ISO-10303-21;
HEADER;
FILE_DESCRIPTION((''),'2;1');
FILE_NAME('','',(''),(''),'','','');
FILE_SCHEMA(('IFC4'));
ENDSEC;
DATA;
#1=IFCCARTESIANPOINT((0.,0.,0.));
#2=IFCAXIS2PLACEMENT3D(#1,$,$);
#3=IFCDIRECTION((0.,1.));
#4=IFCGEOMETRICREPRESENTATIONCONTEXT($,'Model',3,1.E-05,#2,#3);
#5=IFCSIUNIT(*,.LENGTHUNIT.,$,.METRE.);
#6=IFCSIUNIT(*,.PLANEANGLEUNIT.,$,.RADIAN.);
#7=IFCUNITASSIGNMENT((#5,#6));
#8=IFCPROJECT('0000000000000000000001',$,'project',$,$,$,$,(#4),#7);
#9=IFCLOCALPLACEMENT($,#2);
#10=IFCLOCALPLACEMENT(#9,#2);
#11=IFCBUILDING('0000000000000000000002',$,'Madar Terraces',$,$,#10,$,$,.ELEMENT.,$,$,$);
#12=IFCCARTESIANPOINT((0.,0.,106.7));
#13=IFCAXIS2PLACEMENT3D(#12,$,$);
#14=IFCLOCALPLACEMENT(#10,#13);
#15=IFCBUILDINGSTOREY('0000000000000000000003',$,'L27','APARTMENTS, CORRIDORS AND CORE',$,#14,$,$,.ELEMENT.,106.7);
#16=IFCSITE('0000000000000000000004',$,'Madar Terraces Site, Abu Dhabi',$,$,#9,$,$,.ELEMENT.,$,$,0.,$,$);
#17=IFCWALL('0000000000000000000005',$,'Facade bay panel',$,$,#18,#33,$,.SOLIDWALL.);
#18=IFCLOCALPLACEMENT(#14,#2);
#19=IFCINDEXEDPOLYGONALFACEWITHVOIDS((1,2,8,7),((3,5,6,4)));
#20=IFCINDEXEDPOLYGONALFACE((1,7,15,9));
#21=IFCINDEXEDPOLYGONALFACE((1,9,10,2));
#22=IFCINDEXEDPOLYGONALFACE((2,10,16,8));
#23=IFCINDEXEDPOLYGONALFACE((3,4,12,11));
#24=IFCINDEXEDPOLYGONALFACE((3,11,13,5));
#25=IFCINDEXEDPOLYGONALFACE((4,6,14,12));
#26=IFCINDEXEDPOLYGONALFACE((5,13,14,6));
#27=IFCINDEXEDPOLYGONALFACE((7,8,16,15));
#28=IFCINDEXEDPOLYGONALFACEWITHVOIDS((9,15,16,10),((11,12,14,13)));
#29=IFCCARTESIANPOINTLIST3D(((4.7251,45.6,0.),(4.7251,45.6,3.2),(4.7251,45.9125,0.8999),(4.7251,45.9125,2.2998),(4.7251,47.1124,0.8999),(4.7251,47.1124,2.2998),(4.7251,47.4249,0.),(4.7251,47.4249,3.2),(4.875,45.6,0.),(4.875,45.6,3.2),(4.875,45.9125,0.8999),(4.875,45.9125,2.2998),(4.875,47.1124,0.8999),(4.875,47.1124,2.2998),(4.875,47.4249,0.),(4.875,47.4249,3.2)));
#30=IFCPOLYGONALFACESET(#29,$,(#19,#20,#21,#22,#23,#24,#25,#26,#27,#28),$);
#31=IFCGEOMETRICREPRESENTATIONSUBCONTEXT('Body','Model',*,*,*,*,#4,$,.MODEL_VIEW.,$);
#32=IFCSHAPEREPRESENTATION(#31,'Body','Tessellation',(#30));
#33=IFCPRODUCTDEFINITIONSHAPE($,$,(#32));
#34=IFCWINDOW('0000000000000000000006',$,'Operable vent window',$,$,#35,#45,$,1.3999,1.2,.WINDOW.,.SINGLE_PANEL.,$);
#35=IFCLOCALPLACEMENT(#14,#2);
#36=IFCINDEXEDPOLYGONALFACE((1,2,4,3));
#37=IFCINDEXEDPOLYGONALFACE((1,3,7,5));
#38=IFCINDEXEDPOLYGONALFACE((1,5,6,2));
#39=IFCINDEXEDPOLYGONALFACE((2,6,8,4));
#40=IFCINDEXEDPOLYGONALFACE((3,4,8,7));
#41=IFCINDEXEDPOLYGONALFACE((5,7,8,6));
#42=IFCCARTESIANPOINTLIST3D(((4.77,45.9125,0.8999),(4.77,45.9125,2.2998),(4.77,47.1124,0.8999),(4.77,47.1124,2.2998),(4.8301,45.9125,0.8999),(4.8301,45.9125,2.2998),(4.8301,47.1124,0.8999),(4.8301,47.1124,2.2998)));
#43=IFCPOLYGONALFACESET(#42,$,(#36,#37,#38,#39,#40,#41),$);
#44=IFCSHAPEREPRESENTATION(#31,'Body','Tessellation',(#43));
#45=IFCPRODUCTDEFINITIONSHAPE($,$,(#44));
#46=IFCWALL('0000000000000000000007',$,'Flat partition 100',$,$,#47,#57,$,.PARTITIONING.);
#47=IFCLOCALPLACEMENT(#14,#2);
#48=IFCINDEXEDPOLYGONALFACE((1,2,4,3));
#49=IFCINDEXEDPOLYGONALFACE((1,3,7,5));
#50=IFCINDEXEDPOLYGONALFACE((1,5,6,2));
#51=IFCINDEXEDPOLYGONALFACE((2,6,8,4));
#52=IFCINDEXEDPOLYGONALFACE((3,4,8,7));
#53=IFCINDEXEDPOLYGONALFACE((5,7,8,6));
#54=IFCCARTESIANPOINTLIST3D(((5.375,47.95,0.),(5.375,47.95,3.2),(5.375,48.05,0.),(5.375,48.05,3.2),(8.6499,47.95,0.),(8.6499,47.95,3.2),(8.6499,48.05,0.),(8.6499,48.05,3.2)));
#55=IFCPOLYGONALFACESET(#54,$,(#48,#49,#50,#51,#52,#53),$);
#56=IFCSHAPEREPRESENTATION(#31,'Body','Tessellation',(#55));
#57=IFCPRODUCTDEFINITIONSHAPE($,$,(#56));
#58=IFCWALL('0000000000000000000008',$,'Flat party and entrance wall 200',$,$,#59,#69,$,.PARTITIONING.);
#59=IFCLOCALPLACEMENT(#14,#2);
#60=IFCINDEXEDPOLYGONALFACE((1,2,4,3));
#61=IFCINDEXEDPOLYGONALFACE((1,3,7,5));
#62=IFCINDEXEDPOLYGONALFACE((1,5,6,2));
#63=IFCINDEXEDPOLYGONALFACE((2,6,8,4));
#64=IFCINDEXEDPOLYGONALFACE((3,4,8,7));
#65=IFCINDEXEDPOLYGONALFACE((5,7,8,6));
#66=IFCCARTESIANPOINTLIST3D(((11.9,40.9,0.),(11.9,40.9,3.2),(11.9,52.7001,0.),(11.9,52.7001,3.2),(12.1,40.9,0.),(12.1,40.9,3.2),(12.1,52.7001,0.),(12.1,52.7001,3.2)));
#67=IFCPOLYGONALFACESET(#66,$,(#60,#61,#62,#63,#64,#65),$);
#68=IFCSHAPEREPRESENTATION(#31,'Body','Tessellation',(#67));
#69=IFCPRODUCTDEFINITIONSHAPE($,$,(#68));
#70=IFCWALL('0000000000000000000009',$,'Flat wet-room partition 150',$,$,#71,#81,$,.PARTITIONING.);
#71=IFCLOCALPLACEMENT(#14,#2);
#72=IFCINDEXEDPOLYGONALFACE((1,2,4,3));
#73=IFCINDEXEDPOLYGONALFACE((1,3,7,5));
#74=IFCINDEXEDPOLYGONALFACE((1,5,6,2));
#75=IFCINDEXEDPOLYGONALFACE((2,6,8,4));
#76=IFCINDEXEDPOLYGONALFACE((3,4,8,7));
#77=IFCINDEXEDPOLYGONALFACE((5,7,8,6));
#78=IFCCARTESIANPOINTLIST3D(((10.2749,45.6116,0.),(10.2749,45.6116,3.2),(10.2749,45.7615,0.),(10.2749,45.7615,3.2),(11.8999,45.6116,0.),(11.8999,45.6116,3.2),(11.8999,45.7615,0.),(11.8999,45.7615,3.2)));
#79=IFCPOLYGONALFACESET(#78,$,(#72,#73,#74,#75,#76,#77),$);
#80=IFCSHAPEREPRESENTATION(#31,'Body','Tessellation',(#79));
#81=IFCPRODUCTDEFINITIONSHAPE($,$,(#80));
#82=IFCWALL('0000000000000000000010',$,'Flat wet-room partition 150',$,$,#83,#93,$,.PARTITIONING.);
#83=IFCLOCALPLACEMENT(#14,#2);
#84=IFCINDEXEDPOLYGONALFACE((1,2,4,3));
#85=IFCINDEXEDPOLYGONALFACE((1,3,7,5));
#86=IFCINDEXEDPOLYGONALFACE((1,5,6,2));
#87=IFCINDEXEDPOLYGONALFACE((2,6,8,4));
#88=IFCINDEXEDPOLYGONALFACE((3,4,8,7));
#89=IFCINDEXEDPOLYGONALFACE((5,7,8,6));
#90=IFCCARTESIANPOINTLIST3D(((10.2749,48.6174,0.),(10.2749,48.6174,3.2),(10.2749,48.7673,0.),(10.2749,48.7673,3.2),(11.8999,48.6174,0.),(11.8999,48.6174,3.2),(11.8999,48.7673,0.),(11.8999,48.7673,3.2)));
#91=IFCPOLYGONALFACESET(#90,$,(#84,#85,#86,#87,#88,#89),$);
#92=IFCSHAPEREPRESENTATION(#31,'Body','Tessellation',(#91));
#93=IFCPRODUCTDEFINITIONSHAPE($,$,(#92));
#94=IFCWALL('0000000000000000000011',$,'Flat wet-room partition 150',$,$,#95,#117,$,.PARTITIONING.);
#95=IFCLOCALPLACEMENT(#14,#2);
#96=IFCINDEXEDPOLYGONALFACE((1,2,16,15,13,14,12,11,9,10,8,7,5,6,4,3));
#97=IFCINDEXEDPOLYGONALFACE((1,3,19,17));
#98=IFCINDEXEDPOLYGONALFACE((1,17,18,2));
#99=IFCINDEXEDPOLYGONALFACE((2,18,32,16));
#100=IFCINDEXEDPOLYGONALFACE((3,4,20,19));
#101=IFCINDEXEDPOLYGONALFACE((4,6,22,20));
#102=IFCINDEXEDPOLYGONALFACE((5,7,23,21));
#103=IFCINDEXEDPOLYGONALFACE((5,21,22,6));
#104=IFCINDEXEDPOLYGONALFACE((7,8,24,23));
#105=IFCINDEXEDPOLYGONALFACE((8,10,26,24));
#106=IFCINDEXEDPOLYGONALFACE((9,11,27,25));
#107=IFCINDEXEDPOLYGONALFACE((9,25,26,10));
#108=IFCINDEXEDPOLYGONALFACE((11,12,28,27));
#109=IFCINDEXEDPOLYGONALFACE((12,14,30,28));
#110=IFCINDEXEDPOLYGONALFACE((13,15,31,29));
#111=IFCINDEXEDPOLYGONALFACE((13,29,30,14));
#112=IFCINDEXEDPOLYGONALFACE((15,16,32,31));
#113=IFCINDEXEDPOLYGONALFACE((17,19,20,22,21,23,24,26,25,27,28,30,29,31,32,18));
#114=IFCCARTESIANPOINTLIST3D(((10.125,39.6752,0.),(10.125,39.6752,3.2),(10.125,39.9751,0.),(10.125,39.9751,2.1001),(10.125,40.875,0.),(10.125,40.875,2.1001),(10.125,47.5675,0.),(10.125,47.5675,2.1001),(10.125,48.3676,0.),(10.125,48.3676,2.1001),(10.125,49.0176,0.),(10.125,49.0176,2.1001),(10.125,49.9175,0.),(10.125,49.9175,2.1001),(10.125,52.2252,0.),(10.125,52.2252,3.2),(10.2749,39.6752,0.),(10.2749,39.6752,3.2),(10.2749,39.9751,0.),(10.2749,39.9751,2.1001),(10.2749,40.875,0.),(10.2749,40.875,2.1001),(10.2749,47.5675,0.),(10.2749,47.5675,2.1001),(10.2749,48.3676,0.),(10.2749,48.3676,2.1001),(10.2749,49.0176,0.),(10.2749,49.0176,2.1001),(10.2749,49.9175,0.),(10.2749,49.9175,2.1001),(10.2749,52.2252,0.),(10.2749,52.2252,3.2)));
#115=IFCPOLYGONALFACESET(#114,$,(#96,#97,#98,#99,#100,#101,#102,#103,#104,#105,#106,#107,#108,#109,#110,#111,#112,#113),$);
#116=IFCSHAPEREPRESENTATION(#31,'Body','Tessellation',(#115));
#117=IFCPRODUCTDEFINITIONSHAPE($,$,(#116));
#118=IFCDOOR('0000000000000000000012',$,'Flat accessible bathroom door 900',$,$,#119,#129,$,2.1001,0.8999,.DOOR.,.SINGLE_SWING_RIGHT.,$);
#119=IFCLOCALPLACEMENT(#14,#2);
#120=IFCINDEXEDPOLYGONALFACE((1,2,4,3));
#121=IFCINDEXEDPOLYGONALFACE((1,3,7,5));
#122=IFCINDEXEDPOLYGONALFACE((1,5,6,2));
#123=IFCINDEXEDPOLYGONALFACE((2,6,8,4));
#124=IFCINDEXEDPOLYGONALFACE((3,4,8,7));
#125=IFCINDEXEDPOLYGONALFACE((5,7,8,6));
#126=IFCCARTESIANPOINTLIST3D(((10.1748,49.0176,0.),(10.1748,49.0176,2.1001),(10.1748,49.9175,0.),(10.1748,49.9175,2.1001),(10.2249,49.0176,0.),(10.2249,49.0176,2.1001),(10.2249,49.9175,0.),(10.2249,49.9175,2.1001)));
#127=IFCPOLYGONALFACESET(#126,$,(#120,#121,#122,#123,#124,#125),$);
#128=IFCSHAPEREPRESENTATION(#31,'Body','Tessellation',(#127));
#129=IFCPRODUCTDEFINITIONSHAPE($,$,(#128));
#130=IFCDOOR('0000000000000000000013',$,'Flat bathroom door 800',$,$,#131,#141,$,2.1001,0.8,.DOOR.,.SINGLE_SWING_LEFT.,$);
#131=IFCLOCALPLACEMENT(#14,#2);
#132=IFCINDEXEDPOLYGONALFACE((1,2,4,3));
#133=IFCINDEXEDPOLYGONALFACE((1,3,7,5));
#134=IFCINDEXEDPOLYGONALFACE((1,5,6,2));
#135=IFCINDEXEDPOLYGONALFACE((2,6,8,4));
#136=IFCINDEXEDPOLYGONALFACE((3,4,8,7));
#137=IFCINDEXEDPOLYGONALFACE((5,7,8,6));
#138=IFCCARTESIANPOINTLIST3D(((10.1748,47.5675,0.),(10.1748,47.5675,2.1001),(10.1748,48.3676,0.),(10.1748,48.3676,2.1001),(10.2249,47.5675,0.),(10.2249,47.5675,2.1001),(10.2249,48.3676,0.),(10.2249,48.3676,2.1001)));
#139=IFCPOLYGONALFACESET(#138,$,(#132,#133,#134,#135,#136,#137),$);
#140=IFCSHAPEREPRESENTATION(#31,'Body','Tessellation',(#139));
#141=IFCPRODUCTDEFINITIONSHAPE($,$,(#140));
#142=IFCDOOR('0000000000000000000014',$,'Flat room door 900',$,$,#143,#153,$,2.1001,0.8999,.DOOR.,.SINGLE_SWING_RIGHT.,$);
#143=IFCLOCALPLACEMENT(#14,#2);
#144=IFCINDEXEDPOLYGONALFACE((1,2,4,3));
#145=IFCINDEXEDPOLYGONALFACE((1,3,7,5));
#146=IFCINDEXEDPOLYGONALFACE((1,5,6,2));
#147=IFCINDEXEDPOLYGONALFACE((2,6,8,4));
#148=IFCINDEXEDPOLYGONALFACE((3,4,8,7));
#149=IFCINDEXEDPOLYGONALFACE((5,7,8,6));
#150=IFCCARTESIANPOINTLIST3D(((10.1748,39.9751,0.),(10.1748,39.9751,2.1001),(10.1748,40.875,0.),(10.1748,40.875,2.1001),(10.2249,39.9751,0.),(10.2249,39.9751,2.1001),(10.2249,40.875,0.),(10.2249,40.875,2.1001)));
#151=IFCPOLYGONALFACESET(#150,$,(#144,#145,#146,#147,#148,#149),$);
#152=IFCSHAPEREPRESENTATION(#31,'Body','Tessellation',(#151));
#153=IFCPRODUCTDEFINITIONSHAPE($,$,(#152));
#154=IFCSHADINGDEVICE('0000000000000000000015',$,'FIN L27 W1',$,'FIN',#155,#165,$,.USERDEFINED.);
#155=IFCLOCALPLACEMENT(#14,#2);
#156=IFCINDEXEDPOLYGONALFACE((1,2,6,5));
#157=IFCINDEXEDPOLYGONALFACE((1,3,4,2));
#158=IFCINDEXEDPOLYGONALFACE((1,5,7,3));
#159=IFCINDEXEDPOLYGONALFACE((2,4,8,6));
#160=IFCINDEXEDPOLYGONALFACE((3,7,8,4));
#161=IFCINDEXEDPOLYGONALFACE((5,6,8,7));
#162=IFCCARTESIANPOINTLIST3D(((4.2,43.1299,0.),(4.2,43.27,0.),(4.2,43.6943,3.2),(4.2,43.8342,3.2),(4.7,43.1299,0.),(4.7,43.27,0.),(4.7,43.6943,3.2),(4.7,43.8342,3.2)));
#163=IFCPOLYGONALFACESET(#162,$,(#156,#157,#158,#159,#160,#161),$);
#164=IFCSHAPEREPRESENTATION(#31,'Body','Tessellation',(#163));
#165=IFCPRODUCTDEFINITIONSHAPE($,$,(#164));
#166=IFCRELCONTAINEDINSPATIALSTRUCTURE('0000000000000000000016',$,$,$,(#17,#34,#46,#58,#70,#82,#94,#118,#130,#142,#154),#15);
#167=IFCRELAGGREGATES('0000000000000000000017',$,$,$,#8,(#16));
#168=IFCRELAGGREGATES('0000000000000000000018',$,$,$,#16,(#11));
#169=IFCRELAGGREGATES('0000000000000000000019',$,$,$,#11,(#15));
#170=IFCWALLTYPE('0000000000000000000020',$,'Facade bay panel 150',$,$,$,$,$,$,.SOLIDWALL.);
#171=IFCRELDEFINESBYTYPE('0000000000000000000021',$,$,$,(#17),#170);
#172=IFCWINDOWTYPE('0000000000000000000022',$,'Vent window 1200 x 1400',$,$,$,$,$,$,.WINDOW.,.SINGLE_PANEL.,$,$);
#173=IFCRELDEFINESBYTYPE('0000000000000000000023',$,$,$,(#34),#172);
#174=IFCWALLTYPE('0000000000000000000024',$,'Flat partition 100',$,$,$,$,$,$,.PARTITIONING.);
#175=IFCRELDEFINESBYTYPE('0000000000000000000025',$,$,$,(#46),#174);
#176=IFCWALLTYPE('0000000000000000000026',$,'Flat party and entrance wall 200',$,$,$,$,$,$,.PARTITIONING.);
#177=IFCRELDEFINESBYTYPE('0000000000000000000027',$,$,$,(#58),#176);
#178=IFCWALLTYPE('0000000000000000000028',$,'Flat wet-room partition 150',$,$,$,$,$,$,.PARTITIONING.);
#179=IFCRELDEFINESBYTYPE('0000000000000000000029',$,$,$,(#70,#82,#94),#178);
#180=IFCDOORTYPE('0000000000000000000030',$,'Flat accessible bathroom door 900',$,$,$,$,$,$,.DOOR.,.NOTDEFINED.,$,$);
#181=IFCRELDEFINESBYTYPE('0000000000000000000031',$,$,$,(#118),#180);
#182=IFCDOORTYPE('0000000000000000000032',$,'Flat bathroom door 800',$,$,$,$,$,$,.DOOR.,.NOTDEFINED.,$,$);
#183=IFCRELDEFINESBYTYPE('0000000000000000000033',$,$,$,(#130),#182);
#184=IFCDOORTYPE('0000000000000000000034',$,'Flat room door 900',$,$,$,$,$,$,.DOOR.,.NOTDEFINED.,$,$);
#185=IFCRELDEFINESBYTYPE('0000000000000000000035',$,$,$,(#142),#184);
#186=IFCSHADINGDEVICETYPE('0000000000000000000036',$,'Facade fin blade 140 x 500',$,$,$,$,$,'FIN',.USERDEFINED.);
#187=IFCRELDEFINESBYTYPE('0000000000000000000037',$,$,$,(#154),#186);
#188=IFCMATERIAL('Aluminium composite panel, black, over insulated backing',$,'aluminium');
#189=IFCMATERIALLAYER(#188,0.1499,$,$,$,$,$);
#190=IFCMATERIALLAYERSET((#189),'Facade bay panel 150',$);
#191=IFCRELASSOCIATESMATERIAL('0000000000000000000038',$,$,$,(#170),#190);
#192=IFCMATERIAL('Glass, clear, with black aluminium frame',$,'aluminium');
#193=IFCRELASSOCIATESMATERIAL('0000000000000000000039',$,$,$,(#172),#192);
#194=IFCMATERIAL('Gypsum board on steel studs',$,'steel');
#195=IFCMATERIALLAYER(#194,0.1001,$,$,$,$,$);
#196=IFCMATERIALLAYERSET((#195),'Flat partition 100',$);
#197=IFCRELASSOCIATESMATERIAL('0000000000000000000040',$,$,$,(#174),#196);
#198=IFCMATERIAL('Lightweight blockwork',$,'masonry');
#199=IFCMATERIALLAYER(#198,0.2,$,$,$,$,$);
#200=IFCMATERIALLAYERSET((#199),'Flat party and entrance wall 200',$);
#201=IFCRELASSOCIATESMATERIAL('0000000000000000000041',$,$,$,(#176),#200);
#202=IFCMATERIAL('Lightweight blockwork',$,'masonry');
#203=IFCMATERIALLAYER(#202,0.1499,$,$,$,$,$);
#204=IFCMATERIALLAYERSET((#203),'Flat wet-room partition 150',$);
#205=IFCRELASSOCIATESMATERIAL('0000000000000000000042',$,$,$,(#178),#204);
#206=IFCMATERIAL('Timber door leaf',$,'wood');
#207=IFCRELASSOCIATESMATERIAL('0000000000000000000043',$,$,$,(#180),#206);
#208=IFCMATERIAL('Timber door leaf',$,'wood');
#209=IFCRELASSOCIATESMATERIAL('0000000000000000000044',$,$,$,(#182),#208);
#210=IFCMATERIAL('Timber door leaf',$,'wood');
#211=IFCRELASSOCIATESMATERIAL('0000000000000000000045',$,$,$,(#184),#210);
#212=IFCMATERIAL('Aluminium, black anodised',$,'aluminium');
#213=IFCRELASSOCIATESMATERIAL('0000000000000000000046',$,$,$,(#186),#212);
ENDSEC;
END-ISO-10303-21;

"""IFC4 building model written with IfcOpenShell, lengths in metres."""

from ifc_helpers import new_model, si_unit, direction, frame, frame_2d, origin, place, context, subcontext, project, spatial, polyline, rectangle, outline, extrude, material, layer, layer_set, type_object, element, fill, save


model = new_model("IFC4")

# Units and contexts
model_context = context("Model", 3, precision=1e-05, world=origin(), true_north=direction((0.0, 1.0)))
body_context = subcontext(model_context, "Body", "Model", "MODEL_VIEW")
ifc_project = project(units=[si_unit("LENGTHUNIT", "METRE"), si_unit("PLANEANGLEUNIT", "RADIAN")], contexts=[model_context])

# Site, building, storey
site_placement = place(None, origin())
site = spatial("IfcSite", under=ifc_project, at=site_placement, Name="Madar Terraces Site, Abu Dhabi", CompositionType="ELEMENT", RefElevation=0.0)
building_placement = place(site_placement, origin())
building = spatial("IfcBuilding", under=site, at=building_placement, Name="Madar Terraces", CompositionType="ELEMENT")
storey_placement = place(building_placement, frame((0.0, 0.0, 106.7)))
storey = spatial("IfcBuildingStorey", under=building, at=storey_placement, Name="L27", Description="APARTMENTS, CORRIDORS AND CORE", CompositionType="ELEMENT", Elevation=106.7)

# Wall, opening, window
ifc_material_1 = material(Name="Aluminium composite panel, black, over insulated backing", Category="aluminium")
ifc_layer_1 = layer(ifc_material_1, 0.1499)
ifc_layer_set_1 = layer_set([ifc_layer_1], Name="Facade bay panel 150")
wall_type_1 = type_object("IfcWallType", Name="Facade bay panel 150", PredefinedType="SOLIDWALL", material=ifc_layer_set_1)
wall_1_placement = place(storey_placement, frame((4.8, 47.425, 0.0), z_axis=(0.0, 0.0, 1.0), x_axis=(0.0, -1.0, 0.0)))
wall_1 = element("IfcWall", 1, at=wall_1_placement, inside=storey, type_object=wall_type_1, Name="Facade bay panel", PredefinedType="SOLIDWALL", context=body_context, shape_type="SweptSolid", body=[
    extrude(rectangle(XDim=1.825, YDim=0.1499, at=frame_2d((0.9126, 0.0))), origin(), (0.0, 0.0, 1.0), 3.2),
])
opening_1_placement = place(wall_1_placement, frame((0.3125, 0.0, 0.8999)))
opening_1 = element("IfcOpeningElement", 2, at=opening_1_placement, cuts=wall_1, PredefinedType="OPENING", context=body_context, shape_type="SweptSolid", body=[
    extrude(rectangle(XDim=1.2, YDim=1.3999, at=frame_2d((0.6001, 0.7))), frame((0.0, 0.085, 0.0), z_axis=(0.0, -1.0, 0.0), x_axis=(1.0, 0.0, 0.0)), (0.0, 0.0, 1.0), 0.1699),
])
ifc_material_2 = material(Name="Glass, clear, with black aluminium frame", Category="aluminium")
window_type = type_object("IfcWindowType", Name="Vent window 1200 x 1400", PartitioningType="SINGLE_PANEL", PredefinedType="WINDOW", material=ifc_material_2)
window_placement = place(opening_1_placement, origin())
window = element("IfcWindow", 3, at=window_placement, inside=storey, type_object=window_type, Name="Operable vent window", OverallHeight=1.3999, OverallWidth=1.2, PartitioningType="SINGLE_PANEL", PredefinedType="WINDOW", context=body_context, shape_type="SweptSolid", body=[
    extrude(rectangle(XDim=1.2, YDim=1.3999, at=frame_2d((0.6001, 0.7))), frame((0.0, 0.03, 0.0), z_axis=(0.0, -1.0, 0.0), x_axis=(1.0, 0.0, 0.0)), (0.0, 0.0, 1.0), 0.0601),
])
fill(opening_1, window)

# Walls
ifc_material_3 = material(Name="Gypsum board on steel studs", Category="steel")
ifc_layer_2 = layer(ifc_material_3, 0.1001)
ifc_layer_set_2 = layer_set([ifc_layer_2], Name="Flat partition 100")
wall_type_2 = type_object("IfcWallType", Name="Flat partition 100", PredefinedType="PARTITIONING", material=ifc_layer_set_2)
wall_2_placement = place(storey_placement, frame((8.6499, 48.0, 0.0), z_axis=(0.0, 0.0, 1.0), x_axis=(-1.0, 0.0, 0.0)))
element("IfcWall", 4, at=wall_2_placement, inside=storey, type_object=wall_type_2, Name="Flat partition 100", PredefinedType="PARTITIONING", context=body_context, shape_type="SweptSolid", body=[
    extrude(rectangle(XDim=3.2749, YDim=0.1001, at=frame_2d((1.6375, 0.0))), origin(), (0.0, 0.0, 1.0), 3.2),
])
ifc_material_4 = material(Name="Lightweight blockwork", Category="masonry")
ifc_layer_3 = layer(ifc_material_4, 0.2)
ifc_layer_set_3 = layer_set([ifc_layer_3], Name="Flat party and entrance wall 200")
wall_type_3 = type_object("IfcWallType", Name="Flat party and entrance wall 200", PredefinedType="PARTITIONING", material=ifc_layer_set_3)
wall_3_placement = place(storey_placement, frame((12.0, 52.7, 0.0), z_axis=(0.0, 0.0, 1.0), x_axis=(0.0, -1.0, 0.0)))
element("IfcWall", 5, at=wall_3_placement, inside=storey, type_object=wall_type_3, Name="Flat party and entrance wall 200", PredefinedType="PARTITIONING", context=body_context, shape_type="SweptSolid", body=[
    extrude(rectangle(XDim=11.8, YDim=0.2, at=frame_2d((5.8999, 0.0))), origin(), (0.0, 0.0, 1.0), 3.2),
])
ifc_material_5 = material(Name="Lightweight blockwork", Category="masonry")
ifc_layer_4 = layer(ifc_material_5, 0.1499)
ifc_layer_set_4 = layer_set([ifc_layer_4], Name="Flat wet-room partition 150")
wall_type_4 = type_object("IfcWallType", Name="Flat wet-room partition 150", PredefinedType="PARTITIONING", material=ifc_layer_set_4)
for number, where, z_axis, x_axis, name in (
    (6, (11.8999, 45.6865, 0.0), (0.0, 0.0, 1.0), (-1.0, 0.0, 0.0), "Flat wet-room partition 150"),
    (7, (11.8999, 48.6924, 0.0), (0.0, 0.0, 1.0), (-1.0, 0.0, 0.0), "Flat wet-room partition 150"),
):
    element("IfcWall", number, at=place(storey_placement, frame(where, z_axis=z_axis, x_axis=x_axis)), inside=storey, type_object=wall_type_4, Name=name, PredefinedType="PARTITIONING", context=body_context, shape_type="SweptSolid", body=[
        extrude(rectangle(XDim=1.625, YDim=0.1499, at=frame_2d((0.8125, 0.0))), origin(), (0.0, 0.0, 1.0), 3.2),
    ])

# Wall, openings, doors
wall_4_placement = place(storey_placement, frame((10.2, 52.2251, 0.0), z_axis=(0.0, 0.0, 1.0), x_axis=(0.0, -1.0, 0.0)))
wall_4 = element("IfcWall", 8, at=wall_4_placement, inside=storey, type_object=wall_type_4, Name="Flat wet-room partition 150", PredefinedType="PARTITIONING", context=body_context, shape_type="SweptSolid", body=[
    extrude(rectangle(XDim=12.55, YDim=0.1499, at=frame_2d((6.2749, 0.0))), origin(), (0.0, 0.0, 1.0), 3.2),
])
opening_2_placement = place(wall_4_placement, frame((11.3501, 0.0, 0.0)))
opening_2 = element("IfcOpeningElement", 9, at=opening_2_placement, cuts=wall_4, PredefinedType="OPENING", context=body_context, shape_type="SweptSolid", body=[
    extrude(rectangle(XDim=0.8999, YDim=2.1001, at=frame_2d((0.45, 1.05))), frame((0.0, 0.085, 0.0), z_axis=(0.0, -1.0, 0.0), x_axis=(1.0, 0.0, 0.0)), (0.0, 0.0, 1.0), 0.1699),
])
opening_3_placement = place(wall_4_placement, frame((3.8577, 0.0, 0.0)))
opening_3 = element("IfcOpeningElement", 10, at=opening_3_placement, cuts=wall_4, PredefinedType="OPENING", context=body_context, shape_type="SweptSolid", body=[
    extrude(rectangle(XDim=0.8, YDim=2.1001, at=frame_2d((0.3999, 1.05))), frame((0.0, 0.085, 0.0), z_axis=(0.0, -1.0, 0.0), x_axis=(1.0, 0.0, 0.0)), (0.0, 0.0, 1.0), 0.1699),
])
opening_4_placement = place(wall_4_placement, frame((2.3076, 0.0, 0.0)))
opening_4 = element("IfcOpeningElement", 11, at=opening_4_placement, cuts=wall_4, PredefinedType="OPENING", context=body_context, shape_type="SweptSolid", body=[
    extrude(rectangle(XDim=0.8999, YDim=2.1001, at=frame_2d((0.45, 1.05))), frame((0.0, 0.085, 0.0), z_axis=(0.0, -1.0, 0.0), x_axis=(1.0, 0.0, 0.0)), (0.0, 0.0, 1.0), 0.1699),
])
ifc_material_6 = material(Name="Timber door leaf", Category="wood")
door_type_1 = type_object("IfcDoorType", Name="Flat accessible bathroom door 900", OperationType="NOTDEFINED", PredefinedType="DOOR", material=ifc_material_6)
door_1_placement = place(opening_4_placement, origin())
door_1 = element("IfcDoor", 12, at=door_1_placement, inside=storey, type_object=door_type_1, Name="Flat accessible bathroom door 900", OperationType="SINGLE_SWING_RIGHT", OverallHeight=2.1001, OverallWidth=0.8999, PredefinedType="DOOR", context=body_context, shape_type="SweptSolid", body=[
    extrude(rectangle(XDim=0.8999, YDim=2.1001, at=frame_2d((0.45, 1.05))), frame((0.0, 0.0249, 0.0), z_axis=(0.0, -1.0, 0.0), x_axis=(1.0, 0.0, 0.0)), (0.0, 0.0, 1.0), 0.05),
])
fill(opening_4, door_1)
ifc_material_7 = material(Name="Timber door leaf", Category="wood")
door_type_2 = type_object("IfcDoorType", Name="Flat bathroom door 800", OperationType="NOTDEFINED", PredefinedType="DOOR", material=ifc_material_7)
door_2_placement = place(opening_3_placement, origin())
door_2 = element("IfcDoor", 13, at=door_2_placement, inside=storey, type_object=door_type_2, Name="Flat bathroom door 800", OperationType="SINGLE_SWING_LEFT", OverallHeight=2.1001, OverallWidth=0.8, PredefinedType="DOOR", context=body_context, shape_type="SweptSolid", body=[
    extrude(rectangle(XDim=0.8, YDim=2.1001, at=frame_2d((0.3999, 1.05))), frame((0.0, 0.0249, 0.0), z_axis=(0.0, -1.0, 0.0), x_axis=(1.0, 0.0, 0.0)), (0.0, 0.0, 1.0), 0.05),
])
fill(opening_3, door_2)
ifc_material_8 = material(Name="Timber door leaf", Category="wood")
door_type_3 = type_object("IfcDoorType", Name="Flat room door 900", OperationType="NOTDEFINED", PredefinedType="DOOR", material=ifc_material_8)
door_3_placement = place(opening_2_placement, origin())
door_3 = element("IfcDoor", 14, at=door_3_placement, inside=storey, type_object=door_type_3, Name="Flat room door 900", OperationType="SINGLE_SWING_RIGHT", OverallHeight=2.1001, OverallWidth=0.8999, PredefinedType="DOOR", context=body_context, shape_type="SweptSolid", body=[
    extrude(rectangle(XDim=0.8999, YDim=2.1001, at=frame_2d((0.45, 1.05))), frame((0.0, 0.0249, 0.0), z_axis=(0.0, -1.0, 0.0), x_axis=(1.0, 0.0, 0.0)), (0.0, 0.0, 1.0), 0.05),
])
fill(opening_2, door_3)

# Shading device
ifc_material_9 = material(Name="Aluminium, black anodised", Category="aluminium")
shading_device_type = type_object("IfcShadingDeviceType", Name="Facade fin blade 140 x 500", ElementType="FIN", PredefinedType="USERDEFINED", material=ifc_material_9)
shading_device_placement = place(storey_placement, frame((4.45, 43.27, 0.0), z_axis=(0.0, 0.0, 1.0), x_axis=(0.0, -1.0, 0.0)))
element("IfcShadingDevice", 15, at=shading_device_placement, inside=storey, type_object=shading_device_type, Name="FIN L27 W1", ObjectType="FIN", PredefinedType="USERDEFINED", context=body_context, shape_type="SweptSolid", body=[
    extrude(outline(polyline([(0.0, 0.0), (0.1401, 0.0), (-0.4243, 3.2), (-0.5642, 3.2), (0.0, 0.0)])), frame((0.0, 0.25, 0.0), z_axis=(0.0, -1.0, 0.0), x_axis=(1.0, 0.0, 0.0)), (0.0, 0.0, 1.0), 0.5),
])

save(model, "model.ifc")
